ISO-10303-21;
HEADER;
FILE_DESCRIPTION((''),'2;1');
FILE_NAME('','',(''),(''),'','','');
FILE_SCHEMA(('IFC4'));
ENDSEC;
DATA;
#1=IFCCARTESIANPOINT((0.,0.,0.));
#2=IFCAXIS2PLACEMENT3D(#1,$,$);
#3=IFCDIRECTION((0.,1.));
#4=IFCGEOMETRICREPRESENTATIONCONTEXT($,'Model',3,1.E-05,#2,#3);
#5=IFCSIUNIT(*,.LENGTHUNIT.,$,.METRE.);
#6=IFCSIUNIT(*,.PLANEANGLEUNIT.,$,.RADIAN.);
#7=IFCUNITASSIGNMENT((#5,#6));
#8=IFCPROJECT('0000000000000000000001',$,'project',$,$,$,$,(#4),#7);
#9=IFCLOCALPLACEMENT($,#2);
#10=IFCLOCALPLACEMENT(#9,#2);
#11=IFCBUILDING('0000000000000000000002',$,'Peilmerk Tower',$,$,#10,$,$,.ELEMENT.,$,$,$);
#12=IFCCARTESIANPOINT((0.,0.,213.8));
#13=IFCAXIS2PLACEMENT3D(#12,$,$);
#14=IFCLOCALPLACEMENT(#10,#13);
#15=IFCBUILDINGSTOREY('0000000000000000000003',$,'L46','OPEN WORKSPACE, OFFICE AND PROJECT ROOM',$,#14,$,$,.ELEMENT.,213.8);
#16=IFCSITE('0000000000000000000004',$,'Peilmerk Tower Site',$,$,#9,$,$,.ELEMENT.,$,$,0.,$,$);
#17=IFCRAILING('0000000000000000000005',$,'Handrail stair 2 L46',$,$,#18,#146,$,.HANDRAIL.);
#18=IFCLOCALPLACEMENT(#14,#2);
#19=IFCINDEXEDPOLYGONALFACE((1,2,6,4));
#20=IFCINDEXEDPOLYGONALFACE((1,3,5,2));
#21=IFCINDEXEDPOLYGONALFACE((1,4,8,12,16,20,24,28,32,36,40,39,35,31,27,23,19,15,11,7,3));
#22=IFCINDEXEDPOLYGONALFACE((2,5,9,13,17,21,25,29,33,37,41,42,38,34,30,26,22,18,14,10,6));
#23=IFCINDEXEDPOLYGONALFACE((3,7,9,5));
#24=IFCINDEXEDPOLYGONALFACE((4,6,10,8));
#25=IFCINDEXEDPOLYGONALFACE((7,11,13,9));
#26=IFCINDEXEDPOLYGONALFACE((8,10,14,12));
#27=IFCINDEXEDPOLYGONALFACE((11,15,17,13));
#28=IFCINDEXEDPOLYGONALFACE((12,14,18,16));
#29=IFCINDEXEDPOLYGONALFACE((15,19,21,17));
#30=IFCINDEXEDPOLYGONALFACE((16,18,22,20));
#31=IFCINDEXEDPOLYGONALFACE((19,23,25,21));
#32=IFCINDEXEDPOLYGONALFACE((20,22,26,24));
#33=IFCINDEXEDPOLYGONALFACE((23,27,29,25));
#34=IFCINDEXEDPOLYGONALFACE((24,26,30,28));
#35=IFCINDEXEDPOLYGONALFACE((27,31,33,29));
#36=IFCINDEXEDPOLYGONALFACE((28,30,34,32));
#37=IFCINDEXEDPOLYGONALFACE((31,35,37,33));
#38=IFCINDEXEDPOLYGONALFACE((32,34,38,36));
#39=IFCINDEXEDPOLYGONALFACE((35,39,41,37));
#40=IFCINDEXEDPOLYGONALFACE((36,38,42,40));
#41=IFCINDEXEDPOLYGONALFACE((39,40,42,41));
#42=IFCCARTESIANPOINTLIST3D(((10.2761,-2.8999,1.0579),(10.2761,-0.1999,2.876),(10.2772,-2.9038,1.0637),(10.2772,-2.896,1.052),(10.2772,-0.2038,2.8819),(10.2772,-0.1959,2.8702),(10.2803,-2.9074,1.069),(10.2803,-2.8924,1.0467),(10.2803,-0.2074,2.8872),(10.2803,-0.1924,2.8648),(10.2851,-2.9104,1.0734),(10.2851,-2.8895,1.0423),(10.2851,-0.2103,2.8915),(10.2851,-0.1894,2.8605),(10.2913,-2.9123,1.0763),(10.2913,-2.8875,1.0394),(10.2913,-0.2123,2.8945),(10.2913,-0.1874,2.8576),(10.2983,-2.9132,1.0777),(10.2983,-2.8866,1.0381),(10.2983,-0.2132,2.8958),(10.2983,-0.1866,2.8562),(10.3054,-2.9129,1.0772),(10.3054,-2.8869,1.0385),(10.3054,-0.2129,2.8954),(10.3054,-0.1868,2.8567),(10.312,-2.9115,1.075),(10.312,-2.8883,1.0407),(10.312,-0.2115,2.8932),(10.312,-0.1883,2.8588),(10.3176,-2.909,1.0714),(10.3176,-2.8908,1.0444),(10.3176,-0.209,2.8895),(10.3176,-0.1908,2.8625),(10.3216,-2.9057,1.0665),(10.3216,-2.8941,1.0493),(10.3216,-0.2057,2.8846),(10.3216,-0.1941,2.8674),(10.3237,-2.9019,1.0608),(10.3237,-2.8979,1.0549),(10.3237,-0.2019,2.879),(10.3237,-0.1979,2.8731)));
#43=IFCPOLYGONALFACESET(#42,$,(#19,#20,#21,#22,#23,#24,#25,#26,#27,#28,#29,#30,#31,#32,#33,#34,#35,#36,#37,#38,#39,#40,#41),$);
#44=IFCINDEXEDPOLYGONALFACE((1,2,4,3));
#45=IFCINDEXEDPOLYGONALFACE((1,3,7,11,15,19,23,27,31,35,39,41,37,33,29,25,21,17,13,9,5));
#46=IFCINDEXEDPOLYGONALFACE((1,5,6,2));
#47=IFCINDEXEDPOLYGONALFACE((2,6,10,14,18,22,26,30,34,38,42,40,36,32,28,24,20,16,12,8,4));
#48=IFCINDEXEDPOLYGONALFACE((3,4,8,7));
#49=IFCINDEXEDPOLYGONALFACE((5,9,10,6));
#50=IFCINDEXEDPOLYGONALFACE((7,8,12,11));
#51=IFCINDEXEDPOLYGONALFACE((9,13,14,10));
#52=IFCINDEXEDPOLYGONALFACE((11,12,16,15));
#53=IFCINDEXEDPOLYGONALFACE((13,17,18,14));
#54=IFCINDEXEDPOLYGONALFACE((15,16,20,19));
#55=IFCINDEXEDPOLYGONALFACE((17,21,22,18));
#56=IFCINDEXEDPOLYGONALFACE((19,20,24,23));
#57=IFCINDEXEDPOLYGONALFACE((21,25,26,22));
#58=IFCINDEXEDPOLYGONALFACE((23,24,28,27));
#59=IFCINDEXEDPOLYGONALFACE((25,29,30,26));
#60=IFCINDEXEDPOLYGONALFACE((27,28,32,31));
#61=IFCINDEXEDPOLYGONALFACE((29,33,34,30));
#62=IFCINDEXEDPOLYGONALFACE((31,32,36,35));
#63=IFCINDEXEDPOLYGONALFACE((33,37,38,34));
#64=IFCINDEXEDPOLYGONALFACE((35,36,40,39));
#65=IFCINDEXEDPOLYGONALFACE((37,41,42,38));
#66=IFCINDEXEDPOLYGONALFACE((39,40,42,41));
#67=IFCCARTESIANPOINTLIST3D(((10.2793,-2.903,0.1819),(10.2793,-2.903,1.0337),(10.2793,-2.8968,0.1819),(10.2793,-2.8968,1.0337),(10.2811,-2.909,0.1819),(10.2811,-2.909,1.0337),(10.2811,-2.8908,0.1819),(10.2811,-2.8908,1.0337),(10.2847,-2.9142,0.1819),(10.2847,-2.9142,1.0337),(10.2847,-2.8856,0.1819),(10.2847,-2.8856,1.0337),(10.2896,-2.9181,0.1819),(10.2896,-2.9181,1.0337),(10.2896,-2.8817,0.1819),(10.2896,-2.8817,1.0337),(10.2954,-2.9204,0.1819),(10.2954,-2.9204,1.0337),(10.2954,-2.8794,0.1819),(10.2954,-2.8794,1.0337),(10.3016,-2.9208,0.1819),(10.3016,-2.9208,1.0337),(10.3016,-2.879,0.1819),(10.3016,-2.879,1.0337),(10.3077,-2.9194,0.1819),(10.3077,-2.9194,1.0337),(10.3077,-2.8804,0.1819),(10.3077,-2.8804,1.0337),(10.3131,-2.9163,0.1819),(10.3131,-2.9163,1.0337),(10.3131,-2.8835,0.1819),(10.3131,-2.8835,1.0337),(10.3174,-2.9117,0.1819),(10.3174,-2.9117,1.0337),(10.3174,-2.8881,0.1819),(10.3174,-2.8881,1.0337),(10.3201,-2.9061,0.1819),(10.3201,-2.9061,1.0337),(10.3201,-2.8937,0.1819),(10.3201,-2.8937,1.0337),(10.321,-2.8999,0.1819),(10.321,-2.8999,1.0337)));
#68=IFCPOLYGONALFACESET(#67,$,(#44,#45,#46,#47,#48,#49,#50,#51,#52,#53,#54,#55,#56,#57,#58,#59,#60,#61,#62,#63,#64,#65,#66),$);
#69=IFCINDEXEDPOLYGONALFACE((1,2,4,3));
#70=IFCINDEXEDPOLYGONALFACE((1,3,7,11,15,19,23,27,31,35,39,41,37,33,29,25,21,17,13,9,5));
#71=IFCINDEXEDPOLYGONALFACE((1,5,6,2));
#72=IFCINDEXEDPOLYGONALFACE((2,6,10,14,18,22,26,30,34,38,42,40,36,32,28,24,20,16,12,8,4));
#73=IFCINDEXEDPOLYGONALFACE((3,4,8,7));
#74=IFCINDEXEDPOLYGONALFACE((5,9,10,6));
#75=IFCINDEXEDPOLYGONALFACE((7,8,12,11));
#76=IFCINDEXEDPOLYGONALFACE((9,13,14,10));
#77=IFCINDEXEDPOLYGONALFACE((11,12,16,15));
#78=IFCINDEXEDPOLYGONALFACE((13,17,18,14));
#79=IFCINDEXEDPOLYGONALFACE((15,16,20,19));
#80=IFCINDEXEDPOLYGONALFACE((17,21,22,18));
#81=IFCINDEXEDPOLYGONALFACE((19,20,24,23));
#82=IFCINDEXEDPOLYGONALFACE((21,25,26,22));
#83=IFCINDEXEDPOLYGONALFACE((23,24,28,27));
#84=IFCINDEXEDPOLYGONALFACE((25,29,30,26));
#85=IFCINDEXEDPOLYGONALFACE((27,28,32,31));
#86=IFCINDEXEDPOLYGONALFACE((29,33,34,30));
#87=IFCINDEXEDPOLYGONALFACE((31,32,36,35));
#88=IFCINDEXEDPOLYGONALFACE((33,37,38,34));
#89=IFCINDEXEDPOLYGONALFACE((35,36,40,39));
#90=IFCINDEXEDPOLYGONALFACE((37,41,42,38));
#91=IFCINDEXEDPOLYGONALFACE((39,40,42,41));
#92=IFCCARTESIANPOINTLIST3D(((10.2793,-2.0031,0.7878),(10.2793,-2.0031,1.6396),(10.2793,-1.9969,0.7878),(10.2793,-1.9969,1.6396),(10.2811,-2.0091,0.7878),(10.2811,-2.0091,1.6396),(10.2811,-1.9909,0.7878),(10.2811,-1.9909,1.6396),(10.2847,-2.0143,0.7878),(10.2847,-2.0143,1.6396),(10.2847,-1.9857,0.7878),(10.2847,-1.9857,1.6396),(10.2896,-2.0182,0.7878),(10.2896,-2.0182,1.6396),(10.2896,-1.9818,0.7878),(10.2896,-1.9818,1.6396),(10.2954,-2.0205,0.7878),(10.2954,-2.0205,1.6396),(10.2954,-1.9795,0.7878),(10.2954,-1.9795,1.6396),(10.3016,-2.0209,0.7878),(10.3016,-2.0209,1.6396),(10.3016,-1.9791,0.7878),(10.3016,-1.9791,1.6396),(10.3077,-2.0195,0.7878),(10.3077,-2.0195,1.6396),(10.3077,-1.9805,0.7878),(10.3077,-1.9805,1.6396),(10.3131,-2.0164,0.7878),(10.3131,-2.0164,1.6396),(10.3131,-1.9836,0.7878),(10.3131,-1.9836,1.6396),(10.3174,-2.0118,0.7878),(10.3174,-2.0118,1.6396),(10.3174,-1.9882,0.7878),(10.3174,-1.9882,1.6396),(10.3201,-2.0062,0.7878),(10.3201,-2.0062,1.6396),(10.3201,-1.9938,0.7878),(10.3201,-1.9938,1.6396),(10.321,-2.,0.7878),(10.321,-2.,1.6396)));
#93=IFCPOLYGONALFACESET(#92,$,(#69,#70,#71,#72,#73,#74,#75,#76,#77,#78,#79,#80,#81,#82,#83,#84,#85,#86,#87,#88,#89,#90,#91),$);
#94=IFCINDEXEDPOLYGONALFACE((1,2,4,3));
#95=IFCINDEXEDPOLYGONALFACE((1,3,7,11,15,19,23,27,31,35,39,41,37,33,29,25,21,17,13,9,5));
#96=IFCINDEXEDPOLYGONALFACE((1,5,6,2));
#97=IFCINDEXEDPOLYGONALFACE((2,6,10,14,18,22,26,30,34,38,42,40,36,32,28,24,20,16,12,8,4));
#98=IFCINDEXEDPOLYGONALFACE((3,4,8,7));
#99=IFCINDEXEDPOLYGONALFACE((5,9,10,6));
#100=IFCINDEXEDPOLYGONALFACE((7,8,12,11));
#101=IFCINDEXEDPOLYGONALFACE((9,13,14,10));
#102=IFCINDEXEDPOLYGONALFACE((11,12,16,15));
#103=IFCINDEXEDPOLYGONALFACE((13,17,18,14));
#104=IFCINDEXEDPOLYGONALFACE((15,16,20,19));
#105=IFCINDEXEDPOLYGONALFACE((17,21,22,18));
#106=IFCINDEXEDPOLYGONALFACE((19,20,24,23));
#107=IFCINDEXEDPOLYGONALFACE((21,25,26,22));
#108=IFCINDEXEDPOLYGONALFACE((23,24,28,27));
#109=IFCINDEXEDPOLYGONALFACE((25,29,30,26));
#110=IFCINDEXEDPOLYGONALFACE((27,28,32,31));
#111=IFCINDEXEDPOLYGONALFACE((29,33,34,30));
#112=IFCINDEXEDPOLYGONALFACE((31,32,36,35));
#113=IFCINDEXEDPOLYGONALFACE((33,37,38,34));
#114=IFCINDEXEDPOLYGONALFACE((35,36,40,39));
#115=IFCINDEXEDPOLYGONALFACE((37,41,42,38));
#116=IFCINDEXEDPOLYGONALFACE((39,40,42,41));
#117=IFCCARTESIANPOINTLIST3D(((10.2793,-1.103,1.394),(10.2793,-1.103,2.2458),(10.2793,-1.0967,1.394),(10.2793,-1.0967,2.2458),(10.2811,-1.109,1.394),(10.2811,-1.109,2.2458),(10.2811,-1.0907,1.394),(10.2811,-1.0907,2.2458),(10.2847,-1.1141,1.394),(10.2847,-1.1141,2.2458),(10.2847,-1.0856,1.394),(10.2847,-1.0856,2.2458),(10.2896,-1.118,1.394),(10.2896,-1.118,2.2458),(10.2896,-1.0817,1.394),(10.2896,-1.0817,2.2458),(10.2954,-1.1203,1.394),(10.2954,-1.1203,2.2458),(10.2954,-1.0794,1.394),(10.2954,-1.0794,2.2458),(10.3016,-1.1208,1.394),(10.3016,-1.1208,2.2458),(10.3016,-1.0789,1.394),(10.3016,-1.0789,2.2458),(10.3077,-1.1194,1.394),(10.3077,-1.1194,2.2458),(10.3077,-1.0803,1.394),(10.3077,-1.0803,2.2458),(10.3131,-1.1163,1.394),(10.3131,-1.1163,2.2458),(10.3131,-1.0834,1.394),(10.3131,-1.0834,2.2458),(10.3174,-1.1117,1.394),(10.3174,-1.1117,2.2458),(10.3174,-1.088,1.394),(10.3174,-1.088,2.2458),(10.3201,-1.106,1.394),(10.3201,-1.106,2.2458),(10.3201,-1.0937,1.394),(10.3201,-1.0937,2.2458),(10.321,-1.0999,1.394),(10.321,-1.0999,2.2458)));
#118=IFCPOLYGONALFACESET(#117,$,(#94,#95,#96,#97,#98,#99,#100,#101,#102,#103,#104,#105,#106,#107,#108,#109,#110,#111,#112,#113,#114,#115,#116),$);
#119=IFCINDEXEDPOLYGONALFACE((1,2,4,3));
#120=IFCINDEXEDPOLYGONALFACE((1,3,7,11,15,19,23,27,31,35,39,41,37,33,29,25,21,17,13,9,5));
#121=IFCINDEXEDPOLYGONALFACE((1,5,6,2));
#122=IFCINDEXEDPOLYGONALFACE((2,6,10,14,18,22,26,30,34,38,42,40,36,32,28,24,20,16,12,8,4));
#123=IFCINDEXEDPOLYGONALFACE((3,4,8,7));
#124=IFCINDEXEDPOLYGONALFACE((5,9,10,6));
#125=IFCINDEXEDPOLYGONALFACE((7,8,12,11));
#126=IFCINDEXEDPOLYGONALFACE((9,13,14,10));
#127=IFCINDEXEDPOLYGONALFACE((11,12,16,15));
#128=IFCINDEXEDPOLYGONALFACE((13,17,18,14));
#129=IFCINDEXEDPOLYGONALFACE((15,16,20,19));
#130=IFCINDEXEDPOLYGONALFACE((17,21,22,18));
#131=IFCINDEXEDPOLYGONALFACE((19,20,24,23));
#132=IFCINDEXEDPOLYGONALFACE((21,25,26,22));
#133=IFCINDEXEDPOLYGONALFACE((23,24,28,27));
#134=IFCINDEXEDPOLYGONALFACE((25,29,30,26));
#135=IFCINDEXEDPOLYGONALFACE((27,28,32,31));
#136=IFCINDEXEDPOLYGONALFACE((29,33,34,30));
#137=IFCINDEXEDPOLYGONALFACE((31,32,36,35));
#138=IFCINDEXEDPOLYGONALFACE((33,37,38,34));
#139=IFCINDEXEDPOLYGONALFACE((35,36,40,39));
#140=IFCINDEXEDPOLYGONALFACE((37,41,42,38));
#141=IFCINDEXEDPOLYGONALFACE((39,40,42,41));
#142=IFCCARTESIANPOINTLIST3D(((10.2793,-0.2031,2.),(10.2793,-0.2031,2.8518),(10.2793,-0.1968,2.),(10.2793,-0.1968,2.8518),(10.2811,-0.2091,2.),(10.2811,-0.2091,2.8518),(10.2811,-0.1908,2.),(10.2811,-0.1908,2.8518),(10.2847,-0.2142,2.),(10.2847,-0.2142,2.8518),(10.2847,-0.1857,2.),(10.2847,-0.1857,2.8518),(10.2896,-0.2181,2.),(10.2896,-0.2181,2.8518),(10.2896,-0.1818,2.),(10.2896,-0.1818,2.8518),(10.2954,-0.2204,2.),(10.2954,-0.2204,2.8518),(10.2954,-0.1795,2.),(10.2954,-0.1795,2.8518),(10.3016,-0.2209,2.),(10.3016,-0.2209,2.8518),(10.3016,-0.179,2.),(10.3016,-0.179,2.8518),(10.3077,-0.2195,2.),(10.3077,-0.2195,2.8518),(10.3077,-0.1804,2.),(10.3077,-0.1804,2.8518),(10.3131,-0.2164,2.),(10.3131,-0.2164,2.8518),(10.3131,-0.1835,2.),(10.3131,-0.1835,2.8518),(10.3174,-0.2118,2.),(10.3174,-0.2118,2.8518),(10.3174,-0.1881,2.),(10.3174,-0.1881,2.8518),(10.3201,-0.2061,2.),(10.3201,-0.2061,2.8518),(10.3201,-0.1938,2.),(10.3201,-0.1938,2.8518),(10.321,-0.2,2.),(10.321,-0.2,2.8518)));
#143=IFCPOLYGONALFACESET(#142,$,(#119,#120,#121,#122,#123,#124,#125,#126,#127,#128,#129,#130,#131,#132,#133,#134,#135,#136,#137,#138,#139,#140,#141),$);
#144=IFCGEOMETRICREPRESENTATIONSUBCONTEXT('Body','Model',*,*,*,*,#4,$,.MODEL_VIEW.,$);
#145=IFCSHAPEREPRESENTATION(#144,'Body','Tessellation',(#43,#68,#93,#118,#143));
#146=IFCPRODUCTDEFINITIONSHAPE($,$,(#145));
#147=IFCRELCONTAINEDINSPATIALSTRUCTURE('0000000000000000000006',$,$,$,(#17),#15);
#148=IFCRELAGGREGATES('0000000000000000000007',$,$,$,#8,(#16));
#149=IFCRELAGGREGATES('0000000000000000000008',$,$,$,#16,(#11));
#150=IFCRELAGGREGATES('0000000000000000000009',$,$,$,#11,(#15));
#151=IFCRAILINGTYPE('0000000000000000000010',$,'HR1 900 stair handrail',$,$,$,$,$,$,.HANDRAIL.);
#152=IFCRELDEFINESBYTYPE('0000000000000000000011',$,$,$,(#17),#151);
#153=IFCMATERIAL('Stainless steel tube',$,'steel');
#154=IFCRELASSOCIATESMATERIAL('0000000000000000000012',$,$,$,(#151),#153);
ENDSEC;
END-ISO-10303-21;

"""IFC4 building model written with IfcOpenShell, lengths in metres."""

from ifc_helpers import new_model, si_unit, direction, frame, origin, origin_2d, place, context, subcontext, project, spatial, circle, extrude, material, type_object, element, save


model = new_model("IFC4")

# Units and contexts
model_context = context("Model", 3, precision=1e-05, world=origin(), true_north=direction((0.0, 1.0)))
body_context = subcontext(model_context, "Body", "Model", "MODEL_VIEW")
ifc_project = project(units=[si_unit("LENGTHUNIT", "METRE"), si_unit("PLANEANGLEUNIT", "RADIAN")], contexts=[model_context])

# Site, building, storey
site_placement = place(None, origin())
site = spatial("IfcSite", under=ifc_project, at=site_placement, Name="Peilmerk Tower Site", CompositionType="ELEMENT", RefElevation=0.0)
building_placement = place(site_placement, origin())
building = spatial("IfcBuilding", under=site, at=building_placement, Name="Peilmerk Tower", CompositionType="ELEMENT")
storey_placement = place(building_placement, frame((0.0, 0.0, 213.8)))
storey = spatial("IfcBuildingStorey", under=building, at=storey_placement, Name="L46", Description="OPEN WORKSPACE, OFFICE AND PROJECT ROOM", CompositionType="ELEMENT", Elevation=213.8)

# Railing
ifc_material_1 = material(Name="Stainless steel tube", Category="steel")
railing_type_1 = type_object("IfcRailingType", Name="HR1 900 stair handrail", PredefinedType="HANDRAIL", material=ifc_material_1)
railing_1_placement = place(storey_placement, frame((10.3, -2.8999, 0.1819)))
element("IfcRailing", 1, at=railing_1_placement, inside=storey, type_object=railing_type_1, Name="Handrail stair 2 L46", PredefinedType="HANDRAIL", context=body_context, shape_type="SweptSolid", body=[
    extrude(circle(Radius=0.0239, at=origin_2d()), frame((0.0, 0.0, 0.876), z_axis=(0.0, 0.829468, 0.558554), x_axis=(-1.0, 0.0, 0.0)), (0.0, 0.0, 1.0), 3.2551),
    extrude(circle(Radius=0.021, at=origin_2d()), origin(), (0.0, 0.0, 1.0), 0.8518),
    extrude(circle(Radius=0.021, at=origin_2d()), frame((0.0, 0.8999, 0.606)), (0.0, 0.0, 1.0), 0.8518),
    extrude(circle(Radius=0.021, at=origin_2d()), frame((0.0, 1.8, 1.2122)), (0.0, 0.0, 1.0), 0.8518),
    extrude(circle(Radius=0.021, at=origin_2d()), frame((0.0, 2.7, 1.8181)), (0.0, 0.0, 1.0), 0.8518),
])

save(model, "model.ifc")
